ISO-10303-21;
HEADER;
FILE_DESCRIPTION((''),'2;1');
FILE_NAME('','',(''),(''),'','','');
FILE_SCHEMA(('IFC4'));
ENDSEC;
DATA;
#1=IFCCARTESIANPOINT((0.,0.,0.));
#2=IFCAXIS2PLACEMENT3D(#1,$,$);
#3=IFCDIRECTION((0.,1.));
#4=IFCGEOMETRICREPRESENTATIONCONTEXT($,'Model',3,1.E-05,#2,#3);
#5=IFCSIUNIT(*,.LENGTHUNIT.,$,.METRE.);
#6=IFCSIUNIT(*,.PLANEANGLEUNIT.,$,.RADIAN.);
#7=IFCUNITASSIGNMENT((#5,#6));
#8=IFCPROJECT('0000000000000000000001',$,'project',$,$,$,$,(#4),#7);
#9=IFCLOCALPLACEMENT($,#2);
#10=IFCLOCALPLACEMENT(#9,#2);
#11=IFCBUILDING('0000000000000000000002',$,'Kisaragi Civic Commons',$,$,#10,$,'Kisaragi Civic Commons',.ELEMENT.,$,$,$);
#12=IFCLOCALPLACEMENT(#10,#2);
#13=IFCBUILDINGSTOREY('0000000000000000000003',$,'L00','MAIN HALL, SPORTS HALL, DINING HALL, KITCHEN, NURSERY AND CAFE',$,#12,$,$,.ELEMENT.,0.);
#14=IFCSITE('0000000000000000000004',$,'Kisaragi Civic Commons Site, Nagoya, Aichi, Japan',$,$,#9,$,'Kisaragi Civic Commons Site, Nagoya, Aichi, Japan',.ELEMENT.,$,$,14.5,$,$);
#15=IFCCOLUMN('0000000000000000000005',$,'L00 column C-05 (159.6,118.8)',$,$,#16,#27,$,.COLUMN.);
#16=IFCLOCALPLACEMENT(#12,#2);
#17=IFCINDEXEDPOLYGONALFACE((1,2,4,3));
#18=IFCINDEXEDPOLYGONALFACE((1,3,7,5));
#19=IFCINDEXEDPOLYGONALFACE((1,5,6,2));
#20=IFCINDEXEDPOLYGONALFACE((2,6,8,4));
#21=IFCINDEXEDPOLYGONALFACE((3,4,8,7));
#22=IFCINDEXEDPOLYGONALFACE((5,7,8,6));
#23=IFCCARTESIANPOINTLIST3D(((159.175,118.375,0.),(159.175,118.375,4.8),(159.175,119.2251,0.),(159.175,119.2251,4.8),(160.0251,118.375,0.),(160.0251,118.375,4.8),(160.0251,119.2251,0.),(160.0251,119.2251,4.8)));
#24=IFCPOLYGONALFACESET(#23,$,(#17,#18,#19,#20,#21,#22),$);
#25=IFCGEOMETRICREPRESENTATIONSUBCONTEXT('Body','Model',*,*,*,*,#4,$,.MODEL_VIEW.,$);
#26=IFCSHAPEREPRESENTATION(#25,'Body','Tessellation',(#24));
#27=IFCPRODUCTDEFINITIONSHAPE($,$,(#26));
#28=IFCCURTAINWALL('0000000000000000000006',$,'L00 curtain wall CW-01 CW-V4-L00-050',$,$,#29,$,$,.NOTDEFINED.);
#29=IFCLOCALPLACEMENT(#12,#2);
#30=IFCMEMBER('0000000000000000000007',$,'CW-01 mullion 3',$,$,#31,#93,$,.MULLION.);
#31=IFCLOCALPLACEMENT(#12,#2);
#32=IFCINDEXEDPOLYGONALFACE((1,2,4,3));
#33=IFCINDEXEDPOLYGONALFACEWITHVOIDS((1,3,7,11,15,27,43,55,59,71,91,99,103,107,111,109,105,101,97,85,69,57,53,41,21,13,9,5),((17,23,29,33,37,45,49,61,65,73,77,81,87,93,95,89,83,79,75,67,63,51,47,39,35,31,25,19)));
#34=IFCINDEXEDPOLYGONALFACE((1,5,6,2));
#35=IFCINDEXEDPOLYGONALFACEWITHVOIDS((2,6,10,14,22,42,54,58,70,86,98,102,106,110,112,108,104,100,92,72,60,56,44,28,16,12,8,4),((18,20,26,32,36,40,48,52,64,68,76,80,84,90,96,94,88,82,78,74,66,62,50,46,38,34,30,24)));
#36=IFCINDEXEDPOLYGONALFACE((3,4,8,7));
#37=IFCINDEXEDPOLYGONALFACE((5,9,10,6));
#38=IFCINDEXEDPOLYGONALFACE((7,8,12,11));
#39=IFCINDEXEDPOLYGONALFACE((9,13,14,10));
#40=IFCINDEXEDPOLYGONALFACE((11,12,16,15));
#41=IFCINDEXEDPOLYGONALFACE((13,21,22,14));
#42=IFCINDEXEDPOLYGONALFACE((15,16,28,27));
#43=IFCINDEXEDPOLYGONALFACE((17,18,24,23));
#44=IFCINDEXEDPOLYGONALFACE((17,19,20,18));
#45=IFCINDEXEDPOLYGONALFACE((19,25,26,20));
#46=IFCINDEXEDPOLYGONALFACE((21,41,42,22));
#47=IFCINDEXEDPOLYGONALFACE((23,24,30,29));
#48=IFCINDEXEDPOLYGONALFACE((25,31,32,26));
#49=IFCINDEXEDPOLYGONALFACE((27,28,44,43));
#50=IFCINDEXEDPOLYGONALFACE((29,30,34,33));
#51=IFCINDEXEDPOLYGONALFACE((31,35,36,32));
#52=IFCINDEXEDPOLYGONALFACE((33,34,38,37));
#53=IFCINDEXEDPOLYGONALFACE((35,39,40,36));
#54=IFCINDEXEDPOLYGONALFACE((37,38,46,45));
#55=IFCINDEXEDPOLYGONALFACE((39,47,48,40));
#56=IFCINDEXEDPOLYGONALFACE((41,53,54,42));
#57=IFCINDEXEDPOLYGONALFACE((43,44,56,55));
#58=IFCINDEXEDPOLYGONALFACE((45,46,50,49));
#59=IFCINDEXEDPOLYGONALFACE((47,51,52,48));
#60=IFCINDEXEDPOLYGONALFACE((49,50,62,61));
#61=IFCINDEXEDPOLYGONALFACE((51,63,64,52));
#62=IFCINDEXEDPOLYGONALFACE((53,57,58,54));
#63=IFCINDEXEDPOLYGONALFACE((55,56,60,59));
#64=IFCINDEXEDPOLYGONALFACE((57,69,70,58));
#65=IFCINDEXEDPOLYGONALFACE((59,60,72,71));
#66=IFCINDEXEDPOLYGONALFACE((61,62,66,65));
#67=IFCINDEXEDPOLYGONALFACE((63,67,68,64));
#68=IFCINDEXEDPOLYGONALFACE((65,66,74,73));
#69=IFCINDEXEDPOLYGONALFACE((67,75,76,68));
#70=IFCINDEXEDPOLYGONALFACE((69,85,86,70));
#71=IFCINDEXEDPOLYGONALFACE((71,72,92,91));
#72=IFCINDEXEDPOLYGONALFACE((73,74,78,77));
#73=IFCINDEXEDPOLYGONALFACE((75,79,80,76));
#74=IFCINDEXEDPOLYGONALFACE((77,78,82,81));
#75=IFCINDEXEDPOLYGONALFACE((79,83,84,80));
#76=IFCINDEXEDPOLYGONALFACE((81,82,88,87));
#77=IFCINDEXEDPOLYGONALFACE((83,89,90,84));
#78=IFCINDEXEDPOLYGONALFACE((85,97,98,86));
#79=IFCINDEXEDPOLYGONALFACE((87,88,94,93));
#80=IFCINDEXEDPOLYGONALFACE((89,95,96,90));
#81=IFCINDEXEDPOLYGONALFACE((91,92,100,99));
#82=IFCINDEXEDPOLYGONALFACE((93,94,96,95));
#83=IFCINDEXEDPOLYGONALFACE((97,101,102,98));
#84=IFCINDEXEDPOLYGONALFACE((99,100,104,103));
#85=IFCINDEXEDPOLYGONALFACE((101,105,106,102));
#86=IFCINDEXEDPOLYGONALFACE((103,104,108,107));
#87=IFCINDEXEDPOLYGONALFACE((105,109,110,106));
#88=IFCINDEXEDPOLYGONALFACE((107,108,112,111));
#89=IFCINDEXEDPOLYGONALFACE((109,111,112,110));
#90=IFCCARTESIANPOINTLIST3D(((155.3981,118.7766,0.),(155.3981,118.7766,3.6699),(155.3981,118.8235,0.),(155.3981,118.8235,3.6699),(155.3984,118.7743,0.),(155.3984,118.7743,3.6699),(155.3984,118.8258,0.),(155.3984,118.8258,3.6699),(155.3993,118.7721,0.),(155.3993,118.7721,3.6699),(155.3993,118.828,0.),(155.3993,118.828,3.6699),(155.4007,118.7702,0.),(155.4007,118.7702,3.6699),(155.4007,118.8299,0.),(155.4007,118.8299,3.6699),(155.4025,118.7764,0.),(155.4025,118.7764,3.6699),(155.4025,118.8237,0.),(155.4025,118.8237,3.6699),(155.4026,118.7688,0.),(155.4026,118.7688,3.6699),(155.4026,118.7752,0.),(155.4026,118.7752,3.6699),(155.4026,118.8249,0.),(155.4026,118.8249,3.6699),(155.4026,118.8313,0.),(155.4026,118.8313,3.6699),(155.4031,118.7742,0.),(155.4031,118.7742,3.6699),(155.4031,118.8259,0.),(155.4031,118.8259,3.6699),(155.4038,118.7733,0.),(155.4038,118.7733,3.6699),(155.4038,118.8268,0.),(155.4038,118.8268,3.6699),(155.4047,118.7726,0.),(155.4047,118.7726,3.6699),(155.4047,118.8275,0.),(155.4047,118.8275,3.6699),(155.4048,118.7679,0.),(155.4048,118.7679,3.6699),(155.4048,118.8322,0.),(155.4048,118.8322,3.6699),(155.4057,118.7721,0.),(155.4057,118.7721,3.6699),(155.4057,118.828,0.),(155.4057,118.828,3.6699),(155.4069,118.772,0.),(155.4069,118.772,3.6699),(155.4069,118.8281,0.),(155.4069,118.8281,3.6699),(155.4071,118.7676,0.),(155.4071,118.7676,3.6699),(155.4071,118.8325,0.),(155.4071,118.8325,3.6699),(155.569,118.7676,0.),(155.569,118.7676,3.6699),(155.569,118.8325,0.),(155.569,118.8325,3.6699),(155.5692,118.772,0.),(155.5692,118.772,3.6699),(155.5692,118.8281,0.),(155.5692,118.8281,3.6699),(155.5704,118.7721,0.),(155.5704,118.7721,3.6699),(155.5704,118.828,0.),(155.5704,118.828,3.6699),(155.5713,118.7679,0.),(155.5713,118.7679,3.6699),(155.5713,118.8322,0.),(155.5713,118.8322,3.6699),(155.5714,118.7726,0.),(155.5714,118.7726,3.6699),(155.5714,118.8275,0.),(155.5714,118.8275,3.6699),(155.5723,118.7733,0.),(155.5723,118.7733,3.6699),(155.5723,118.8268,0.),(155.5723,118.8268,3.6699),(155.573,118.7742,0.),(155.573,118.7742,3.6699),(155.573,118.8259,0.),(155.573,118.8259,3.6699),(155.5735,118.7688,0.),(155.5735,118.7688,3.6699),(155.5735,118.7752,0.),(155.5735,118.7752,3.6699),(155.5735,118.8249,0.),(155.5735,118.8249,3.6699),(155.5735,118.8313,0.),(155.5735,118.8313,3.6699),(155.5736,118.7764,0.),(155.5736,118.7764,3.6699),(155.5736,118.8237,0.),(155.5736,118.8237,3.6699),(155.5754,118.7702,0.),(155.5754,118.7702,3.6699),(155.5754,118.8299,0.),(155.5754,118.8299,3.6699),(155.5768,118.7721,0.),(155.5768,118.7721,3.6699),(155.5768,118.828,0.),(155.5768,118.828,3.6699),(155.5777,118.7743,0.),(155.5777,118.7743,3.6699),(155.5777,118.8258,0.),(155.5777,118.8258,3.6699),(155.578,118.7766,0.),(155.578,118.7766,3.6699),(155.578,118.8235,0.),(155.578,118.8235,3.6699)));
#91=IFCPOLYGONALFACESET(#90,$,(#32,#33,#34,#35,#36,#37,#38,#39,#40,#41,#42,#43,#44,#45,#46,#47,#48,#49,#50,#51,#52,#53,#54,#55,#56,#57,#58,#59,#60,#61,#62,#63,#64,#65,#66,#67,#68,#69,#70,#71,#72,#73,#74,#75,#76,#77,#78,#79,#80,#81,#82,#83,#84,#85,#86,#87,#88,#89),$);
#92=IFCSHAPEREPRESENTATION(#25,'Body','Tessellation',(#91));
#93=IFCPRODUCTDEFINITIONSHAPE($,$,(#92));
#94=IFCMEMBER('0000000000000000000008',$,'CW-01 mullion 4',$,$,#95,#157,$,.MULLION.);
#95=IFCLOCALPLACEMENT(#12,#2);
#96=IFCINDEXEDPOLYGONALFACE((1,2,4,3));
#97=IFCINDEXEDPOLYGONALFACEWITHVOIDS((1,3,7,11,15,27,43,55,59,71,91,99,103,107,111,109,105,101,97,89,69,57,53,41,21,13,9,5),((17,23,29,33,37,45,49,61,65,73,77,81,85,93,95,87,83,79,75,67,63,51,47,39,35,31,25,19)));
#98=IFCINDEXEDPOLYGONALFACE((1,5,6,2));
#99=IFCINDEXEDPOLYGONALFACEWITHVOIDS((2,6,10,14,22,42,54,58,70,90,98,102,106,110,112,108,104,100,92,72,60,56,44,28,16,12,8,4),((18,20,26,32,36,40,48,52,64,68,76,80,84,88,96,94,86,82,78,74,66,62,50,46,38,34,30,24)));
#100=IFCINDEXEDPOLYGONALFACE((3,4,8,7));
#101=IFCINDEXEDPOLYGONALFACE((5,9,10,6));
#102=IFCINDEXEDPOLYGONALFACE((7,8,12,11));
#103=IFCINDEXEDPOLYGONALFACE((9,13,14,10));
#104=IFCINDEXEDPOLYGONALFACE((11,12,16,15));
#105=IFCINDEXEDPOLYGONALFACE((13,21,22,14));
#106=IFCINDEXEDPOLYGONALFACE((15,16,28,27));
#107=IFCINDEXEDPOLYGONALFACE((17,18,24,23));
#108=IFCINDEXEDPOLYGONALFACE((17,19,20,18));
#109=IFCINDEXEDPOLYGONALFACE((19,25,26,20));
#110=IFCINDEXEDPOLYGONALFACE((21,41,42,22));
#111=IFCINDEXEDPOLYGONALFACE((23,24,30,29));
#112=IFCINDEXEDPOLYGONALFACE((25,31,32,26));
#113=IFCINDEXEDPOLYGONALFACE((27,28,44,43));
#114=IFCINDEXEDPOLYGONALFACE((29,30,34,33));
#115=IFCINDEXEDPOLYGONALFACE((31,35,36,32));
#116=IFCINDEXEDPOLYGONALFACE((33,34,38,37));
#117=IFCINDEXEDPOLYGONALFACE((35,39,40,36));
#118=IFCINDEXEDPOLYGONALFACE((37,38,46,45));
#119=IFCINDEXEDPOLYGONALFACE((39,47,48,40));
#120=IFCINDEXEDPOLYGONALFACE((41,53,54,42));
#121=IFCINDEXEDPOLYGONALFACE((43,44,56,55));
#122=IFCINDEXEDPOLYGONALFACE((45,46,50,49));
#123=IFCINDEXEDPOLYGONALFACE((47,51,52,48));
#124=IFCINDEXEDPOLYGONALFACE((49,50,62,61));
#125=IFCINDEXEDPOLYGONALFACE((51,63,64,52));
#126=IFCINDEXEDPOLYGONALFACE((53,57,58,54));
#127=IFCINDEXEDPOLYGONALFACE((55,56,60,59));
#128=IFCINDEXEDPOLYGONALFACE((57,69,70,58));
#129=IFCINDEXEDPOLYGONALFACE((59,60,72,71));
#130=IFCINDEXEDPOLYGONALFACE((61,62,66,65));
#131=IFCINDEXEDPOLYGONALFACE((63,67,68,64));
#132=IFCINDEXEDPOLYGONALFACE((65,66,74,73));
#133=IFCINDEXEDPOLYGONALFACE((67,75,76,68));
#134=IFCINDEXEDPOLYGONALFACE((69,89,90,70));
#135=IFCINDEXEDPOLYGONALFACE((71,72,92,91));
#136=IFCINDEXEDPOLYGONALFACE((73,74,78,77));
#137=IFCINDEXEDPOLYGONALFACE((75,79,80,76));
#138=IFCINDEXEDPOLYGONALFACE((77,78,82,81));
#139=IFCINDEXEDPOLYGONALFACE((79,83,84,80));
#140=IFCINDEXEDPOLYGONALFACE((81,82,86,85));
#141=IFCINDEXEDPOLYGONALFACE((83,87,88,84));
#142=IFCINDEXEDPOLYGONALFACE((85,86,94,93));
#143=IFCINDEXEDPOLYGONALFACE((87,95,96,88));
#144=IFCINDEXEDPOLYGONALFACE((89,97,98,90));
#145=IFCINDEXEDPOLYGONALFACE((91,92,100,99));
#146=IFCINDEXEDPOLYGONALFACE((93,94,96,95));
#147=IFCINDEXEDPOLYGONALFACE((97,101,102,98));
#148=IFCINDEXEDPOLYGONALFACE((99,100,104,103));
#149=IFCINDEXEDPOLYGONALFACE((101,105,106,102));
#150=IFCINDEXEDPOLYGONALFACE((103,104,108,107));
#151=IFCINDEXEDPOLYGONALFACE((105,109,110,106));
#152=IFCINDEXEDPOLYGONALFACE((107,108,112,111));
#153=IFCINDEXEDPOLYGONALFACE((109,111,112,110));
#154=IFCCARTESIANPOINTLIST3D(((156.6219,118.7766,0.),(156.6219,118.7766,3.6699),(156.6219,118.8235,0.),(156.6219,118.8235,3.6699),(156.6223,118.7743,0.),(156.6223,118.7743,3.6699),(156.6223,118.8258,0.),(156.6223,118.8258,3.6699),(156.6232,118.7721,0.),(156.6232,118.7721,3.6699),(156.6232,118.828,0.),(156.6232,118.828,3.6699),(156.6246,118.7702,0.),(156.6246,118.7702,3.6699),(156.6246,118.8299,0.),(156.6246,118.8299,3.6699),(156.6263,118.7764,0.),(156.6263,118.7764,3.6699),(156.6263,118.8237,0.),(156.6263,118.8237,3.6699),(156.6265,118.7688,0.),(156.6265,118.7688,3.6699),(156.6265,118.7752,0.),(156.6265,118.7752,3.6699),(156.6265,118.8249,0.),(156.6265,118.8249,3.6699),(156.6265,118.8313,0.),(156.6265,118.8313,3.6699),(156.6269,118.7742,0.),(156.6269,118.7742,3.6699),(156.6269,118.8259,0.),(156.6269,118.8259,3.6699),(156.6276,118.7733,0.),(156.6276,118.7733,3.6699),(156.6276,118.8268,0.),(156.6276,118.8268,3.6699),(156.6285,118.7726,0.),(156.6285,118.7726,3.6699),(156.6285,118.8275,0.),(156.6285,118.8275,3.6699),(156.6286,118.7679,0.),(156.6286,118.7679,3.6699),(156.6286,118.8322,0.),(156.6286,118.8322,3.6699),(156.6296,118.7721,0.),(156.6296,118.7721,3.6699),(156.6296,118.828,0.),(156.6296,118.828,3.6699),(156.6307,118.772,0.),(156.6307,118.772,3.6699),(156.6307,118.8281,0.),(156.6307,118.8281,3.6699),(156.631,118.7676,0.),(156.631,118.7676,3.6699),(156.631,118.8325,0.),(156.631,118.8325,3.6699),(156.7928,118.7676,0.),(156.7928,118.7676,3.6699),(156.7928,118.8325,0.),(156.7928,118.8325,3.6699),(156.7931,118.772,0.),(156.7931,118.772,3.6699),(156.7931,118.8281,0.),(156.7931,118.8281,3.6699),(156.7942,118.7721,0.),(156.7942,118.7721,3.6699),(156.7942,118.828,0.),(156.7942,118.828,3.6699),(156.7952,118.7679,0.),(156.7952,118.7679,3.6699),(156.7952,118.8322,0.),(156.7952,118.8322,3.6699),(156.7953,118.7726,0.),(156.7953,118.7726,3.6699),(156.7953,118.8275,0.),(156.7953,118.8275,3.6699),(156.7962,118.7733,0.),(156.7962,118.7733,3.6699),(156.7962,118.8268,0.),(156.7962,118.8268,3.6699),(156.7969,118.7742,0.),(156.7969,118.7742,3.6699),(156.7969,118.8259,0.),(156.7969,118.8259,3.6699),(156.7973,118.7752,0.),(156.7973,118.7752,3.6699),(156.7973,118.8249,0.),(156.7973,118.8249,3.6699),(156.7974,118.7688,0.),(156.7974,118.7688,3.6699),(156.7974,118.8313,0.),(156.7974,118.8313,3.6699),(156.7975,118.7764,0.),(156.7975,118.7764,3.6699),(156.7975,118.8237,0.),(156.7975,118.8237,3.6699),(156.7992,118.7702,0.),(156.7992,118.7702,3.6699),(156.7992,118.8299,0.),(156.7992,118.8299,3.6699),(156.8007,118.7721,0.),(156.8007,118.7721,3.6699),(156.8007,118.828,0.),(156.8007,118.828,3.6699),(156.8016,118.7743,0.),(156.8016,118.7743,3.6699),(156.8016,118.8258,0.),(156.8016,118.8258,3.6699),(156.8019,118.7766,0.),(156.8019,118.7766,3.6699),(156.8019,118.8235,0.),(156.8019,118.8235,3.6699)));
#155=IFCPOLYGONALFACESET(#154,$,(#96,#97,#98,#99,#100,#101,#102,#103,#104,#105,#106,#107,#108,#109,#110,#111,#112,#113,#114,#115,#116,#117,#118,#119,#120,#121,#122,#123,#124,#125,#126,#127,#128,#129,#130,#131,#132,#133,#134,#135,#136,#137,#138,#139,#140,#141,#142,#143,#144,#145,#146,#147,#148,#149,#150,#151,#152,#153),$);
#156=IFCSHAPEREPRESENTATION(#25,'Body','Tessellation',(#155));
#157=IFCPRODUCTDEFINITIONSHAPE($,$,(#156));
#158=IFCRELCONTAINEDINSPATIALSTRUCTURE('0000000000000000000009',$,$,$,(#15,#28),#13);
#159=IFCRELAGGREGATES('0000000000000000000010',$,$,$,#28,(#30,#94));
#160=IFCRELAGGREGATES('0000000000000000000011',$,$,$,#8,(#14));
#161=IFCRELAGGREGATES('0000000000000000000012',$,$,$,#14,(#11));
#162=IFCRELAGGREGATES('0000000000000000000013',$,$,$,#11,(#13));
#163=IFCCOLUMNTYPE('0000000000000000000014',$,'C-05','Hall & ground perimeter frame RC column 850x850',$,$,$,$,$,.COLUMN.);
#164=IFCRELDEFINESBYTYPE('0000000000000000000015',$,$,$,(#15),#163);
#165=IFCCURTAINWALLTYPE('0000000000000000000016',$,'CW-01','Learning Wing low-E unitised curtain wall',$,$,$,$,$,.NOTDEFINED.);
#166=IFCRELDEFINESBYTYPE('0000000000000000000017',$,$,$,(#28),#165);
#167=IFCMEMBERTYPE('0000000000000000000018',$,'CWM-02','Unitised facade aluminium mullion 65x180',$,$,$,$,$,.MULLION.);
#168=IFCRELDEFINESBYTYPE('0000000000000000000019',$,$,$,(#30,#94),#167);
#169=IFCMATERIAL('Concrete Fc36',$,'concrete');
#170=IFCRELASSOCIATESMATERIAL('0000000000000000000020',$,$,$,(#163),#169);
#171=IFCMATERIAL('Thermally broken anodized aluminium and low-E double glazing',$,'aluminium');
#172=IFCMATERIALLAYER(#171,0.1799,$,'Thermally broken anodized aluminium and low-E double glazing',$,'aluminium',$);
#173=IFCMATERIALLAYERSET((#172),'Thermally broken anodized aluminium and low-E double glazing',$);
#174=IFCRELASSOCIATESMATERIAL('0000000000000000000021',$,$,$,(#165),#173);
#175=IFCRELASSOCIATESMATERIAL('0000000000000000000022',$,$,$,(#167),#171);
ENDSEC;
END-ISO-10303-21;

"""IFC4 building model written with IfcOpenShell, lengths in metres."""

from ifc_helpers import new_model, si_unit, direction, frame, origin, origin_2d, place, context, subcontext, project, spatial, rectangle, hollow_rectangle, extrude, material, layer, layer_set, material_profile, profile_set, type_object, element, aggregate, save


model = new_model("IFC4")

# Units and contexts
model_context = context("Model", 3, precision=1e-05, world=origin(), true_north=direction((0.0, 1.0)))
body_context = subcontext(model_context, "Body", "Model", "MODEL_VIEW")
ifc_project = project(units=[si_unit("LENGTHUNIT", "METRE"), si_unit("PLANEANGLEUNIT", "RADIAN")], contexts=[model_context])

# Site, building, storey
site_placement = place(None, origin())
site = spatial("IfcSite", under=ifc_project, at=site_placement, Name="Kisaragi Civic Commons Site, Nagoya, Aichi, Japan", LongName="Kisaragi Civic Commons Site, Nagoya, Aichi, Japan", CompositionType="ELEMENT", RefElevation=14.5)
building_placement = place(site_placement, origin())
building = spatial("IfcBuilding", under=site, at=building_placement, Name="Kisaragi Civic Commons", LongName="Kisaragi Civic Commons", CompositionType="ELEMENT")
storey_placement = place(building_placement, origin())
storey = spatial("IfcBuildingStorey", under=building, at=storey_placement, Name="L00", Description="MAIN HALL, SPORTS HALL, DINING HALL, KITCHEN, NURSERY AND CAFE", CompositionType="ELEMENT", Elevation=0.0)

# Column
ifc_material_1 = material(Name="Concrete Fc36", Category="concrete")
ifc_material_profile_1 = material_profile(ifc_material_1, rectangle(XDim=0.8501, YDim=0.8501, at=origin_2d()), Name="RC-850x850", Category="concrete")
ifc_profile_set_1 = profile_set([ifc_material_profile_1], Name="Concrete Fc36")
column_type = type_object("IfcColumnType", Name="C-05", Description="Hall & ground perimeter frame RC column 850x850", PredefinedType="COLUMN", material=ifc_profile_set_1)
column_placement = place(storey_placement, frame((159.6001, 118.8, 0.0), z_axis=(0.0, 0.0, 1.0), x_axis=(1.0, 0.0, 0.0)))
element("IfcColumn", 1, at=column_placement, inside=storey, type_object=column_type, Name="L00 column C-05 (159.6,118.8)", PredefinedType="COLUMN", context=body_context, shape_type="SweptSolid", body=[
    extrude(rectangle(XDim=0.8501, YDim=0.8501, at=origin_2d()), origin(), (0.0, 0.0, 1.0), 4.8),
])

# Curtain wall, members
ifc_material_2 = material(Name="Thermally broken anodized aluminium and low-E double glazing", Category="aluminium")
ifc_layer_1 = layer(ifc_material_2, 0.1799, Name="Thermally broken anodized aluminium and low-E double glazing", Category="aluminium")
ifc_layer_set_1 = layer_set([ifc_layer_1], Name="Thermally broken anodized aluminium and low-E double glazing")
curtain_wall_type = type_object("IfcCurtainWallType", Name="CW-01", Description="Learning Wing low-E unitised curtain wall", PredefinedType="NOTDEFINED", material=ifc_layer_set_1)
curtain_wall_1_placement = place(storey_placement, origin())
curtain_wall_1 = element("IfcCurtainWall", 2, at=curtain_wall_1_placement, inside=storey, type_object=curtain_wall_type, Name="L00 curtain wall CW-01 CW-V4-L00-050", PredefinedType="NOTDEFINED")
ifc_material_profile_2 = material_profile(ifc_material_2, hollow_rectangle(XDim=0.0649, YDim=0.1799, WallThickness=0.0044, InnerFilletRadius=0.0044, OuterFilletRadius=0.009, at=origin_2d()), Name="CWM-65x180x4.5", Category="aluminium")
ifc_profile_set_2 = profile_set([ifc_material_profile_2], Name="Thermally broken anodized aluminium and low-E double glazing")
member_type_1 = type_object("IfcMemberType", Name="CWM-02", Description="Unitised facade aluminium mullion 65x180", PredefinedType="MULLION", material=ifc_profile_set_2)
member_1_placement = place(storey_placement, frame((155.488, 118.8, 0.0), z_axis=(0.0, 0.0, 1.0), x_axis=(0.0, 1.0, 0.0)))
member_1 = element("IfcMember", 3, at=member_1_placement, type_object=member_type_1, Name="CW-01 mullion 3", PredefinedType="MULLION", context=body_context, shape_type="SweptSolid", body=[
    extrude(hollow_rectangle(XDim=0.0649, YDim=0.1799, WallThickness=0.0044, InnerFilletRadius=0.0044, OuterFilletRadius=0.009, at=origin_2d()), origin(), (0.0, 0.0, 1.0), 3.6699),
])
member_2_placement = place(storey_placement, frame((156.7119, 118.8, 0.0), z_axis=(0.0, 0.0, 1.0), x_axis=(0.0, 1.0, 0.0)))
member_2 = element("IfcMember", 4, at=member_2_placement, type_object=member_type_1, Name="CW-01 mullion 4", PredefinedType="MULLION", context=body_context, shape_type="SweptSolid", body=[
    extrude(hollow_rectangle(XDim=0.0649, YDim=0.1799, WallThickness=0.0044, InnerFilletRadius=0.0044, OuterFilletRadius=0.009, at=origin_2d()), origin(), (0.0, 0.0, 1.0), 3.6699),
])

aggregate(curtain_wall_1, [member_1, member_2])

save(model, "model.ifc")
